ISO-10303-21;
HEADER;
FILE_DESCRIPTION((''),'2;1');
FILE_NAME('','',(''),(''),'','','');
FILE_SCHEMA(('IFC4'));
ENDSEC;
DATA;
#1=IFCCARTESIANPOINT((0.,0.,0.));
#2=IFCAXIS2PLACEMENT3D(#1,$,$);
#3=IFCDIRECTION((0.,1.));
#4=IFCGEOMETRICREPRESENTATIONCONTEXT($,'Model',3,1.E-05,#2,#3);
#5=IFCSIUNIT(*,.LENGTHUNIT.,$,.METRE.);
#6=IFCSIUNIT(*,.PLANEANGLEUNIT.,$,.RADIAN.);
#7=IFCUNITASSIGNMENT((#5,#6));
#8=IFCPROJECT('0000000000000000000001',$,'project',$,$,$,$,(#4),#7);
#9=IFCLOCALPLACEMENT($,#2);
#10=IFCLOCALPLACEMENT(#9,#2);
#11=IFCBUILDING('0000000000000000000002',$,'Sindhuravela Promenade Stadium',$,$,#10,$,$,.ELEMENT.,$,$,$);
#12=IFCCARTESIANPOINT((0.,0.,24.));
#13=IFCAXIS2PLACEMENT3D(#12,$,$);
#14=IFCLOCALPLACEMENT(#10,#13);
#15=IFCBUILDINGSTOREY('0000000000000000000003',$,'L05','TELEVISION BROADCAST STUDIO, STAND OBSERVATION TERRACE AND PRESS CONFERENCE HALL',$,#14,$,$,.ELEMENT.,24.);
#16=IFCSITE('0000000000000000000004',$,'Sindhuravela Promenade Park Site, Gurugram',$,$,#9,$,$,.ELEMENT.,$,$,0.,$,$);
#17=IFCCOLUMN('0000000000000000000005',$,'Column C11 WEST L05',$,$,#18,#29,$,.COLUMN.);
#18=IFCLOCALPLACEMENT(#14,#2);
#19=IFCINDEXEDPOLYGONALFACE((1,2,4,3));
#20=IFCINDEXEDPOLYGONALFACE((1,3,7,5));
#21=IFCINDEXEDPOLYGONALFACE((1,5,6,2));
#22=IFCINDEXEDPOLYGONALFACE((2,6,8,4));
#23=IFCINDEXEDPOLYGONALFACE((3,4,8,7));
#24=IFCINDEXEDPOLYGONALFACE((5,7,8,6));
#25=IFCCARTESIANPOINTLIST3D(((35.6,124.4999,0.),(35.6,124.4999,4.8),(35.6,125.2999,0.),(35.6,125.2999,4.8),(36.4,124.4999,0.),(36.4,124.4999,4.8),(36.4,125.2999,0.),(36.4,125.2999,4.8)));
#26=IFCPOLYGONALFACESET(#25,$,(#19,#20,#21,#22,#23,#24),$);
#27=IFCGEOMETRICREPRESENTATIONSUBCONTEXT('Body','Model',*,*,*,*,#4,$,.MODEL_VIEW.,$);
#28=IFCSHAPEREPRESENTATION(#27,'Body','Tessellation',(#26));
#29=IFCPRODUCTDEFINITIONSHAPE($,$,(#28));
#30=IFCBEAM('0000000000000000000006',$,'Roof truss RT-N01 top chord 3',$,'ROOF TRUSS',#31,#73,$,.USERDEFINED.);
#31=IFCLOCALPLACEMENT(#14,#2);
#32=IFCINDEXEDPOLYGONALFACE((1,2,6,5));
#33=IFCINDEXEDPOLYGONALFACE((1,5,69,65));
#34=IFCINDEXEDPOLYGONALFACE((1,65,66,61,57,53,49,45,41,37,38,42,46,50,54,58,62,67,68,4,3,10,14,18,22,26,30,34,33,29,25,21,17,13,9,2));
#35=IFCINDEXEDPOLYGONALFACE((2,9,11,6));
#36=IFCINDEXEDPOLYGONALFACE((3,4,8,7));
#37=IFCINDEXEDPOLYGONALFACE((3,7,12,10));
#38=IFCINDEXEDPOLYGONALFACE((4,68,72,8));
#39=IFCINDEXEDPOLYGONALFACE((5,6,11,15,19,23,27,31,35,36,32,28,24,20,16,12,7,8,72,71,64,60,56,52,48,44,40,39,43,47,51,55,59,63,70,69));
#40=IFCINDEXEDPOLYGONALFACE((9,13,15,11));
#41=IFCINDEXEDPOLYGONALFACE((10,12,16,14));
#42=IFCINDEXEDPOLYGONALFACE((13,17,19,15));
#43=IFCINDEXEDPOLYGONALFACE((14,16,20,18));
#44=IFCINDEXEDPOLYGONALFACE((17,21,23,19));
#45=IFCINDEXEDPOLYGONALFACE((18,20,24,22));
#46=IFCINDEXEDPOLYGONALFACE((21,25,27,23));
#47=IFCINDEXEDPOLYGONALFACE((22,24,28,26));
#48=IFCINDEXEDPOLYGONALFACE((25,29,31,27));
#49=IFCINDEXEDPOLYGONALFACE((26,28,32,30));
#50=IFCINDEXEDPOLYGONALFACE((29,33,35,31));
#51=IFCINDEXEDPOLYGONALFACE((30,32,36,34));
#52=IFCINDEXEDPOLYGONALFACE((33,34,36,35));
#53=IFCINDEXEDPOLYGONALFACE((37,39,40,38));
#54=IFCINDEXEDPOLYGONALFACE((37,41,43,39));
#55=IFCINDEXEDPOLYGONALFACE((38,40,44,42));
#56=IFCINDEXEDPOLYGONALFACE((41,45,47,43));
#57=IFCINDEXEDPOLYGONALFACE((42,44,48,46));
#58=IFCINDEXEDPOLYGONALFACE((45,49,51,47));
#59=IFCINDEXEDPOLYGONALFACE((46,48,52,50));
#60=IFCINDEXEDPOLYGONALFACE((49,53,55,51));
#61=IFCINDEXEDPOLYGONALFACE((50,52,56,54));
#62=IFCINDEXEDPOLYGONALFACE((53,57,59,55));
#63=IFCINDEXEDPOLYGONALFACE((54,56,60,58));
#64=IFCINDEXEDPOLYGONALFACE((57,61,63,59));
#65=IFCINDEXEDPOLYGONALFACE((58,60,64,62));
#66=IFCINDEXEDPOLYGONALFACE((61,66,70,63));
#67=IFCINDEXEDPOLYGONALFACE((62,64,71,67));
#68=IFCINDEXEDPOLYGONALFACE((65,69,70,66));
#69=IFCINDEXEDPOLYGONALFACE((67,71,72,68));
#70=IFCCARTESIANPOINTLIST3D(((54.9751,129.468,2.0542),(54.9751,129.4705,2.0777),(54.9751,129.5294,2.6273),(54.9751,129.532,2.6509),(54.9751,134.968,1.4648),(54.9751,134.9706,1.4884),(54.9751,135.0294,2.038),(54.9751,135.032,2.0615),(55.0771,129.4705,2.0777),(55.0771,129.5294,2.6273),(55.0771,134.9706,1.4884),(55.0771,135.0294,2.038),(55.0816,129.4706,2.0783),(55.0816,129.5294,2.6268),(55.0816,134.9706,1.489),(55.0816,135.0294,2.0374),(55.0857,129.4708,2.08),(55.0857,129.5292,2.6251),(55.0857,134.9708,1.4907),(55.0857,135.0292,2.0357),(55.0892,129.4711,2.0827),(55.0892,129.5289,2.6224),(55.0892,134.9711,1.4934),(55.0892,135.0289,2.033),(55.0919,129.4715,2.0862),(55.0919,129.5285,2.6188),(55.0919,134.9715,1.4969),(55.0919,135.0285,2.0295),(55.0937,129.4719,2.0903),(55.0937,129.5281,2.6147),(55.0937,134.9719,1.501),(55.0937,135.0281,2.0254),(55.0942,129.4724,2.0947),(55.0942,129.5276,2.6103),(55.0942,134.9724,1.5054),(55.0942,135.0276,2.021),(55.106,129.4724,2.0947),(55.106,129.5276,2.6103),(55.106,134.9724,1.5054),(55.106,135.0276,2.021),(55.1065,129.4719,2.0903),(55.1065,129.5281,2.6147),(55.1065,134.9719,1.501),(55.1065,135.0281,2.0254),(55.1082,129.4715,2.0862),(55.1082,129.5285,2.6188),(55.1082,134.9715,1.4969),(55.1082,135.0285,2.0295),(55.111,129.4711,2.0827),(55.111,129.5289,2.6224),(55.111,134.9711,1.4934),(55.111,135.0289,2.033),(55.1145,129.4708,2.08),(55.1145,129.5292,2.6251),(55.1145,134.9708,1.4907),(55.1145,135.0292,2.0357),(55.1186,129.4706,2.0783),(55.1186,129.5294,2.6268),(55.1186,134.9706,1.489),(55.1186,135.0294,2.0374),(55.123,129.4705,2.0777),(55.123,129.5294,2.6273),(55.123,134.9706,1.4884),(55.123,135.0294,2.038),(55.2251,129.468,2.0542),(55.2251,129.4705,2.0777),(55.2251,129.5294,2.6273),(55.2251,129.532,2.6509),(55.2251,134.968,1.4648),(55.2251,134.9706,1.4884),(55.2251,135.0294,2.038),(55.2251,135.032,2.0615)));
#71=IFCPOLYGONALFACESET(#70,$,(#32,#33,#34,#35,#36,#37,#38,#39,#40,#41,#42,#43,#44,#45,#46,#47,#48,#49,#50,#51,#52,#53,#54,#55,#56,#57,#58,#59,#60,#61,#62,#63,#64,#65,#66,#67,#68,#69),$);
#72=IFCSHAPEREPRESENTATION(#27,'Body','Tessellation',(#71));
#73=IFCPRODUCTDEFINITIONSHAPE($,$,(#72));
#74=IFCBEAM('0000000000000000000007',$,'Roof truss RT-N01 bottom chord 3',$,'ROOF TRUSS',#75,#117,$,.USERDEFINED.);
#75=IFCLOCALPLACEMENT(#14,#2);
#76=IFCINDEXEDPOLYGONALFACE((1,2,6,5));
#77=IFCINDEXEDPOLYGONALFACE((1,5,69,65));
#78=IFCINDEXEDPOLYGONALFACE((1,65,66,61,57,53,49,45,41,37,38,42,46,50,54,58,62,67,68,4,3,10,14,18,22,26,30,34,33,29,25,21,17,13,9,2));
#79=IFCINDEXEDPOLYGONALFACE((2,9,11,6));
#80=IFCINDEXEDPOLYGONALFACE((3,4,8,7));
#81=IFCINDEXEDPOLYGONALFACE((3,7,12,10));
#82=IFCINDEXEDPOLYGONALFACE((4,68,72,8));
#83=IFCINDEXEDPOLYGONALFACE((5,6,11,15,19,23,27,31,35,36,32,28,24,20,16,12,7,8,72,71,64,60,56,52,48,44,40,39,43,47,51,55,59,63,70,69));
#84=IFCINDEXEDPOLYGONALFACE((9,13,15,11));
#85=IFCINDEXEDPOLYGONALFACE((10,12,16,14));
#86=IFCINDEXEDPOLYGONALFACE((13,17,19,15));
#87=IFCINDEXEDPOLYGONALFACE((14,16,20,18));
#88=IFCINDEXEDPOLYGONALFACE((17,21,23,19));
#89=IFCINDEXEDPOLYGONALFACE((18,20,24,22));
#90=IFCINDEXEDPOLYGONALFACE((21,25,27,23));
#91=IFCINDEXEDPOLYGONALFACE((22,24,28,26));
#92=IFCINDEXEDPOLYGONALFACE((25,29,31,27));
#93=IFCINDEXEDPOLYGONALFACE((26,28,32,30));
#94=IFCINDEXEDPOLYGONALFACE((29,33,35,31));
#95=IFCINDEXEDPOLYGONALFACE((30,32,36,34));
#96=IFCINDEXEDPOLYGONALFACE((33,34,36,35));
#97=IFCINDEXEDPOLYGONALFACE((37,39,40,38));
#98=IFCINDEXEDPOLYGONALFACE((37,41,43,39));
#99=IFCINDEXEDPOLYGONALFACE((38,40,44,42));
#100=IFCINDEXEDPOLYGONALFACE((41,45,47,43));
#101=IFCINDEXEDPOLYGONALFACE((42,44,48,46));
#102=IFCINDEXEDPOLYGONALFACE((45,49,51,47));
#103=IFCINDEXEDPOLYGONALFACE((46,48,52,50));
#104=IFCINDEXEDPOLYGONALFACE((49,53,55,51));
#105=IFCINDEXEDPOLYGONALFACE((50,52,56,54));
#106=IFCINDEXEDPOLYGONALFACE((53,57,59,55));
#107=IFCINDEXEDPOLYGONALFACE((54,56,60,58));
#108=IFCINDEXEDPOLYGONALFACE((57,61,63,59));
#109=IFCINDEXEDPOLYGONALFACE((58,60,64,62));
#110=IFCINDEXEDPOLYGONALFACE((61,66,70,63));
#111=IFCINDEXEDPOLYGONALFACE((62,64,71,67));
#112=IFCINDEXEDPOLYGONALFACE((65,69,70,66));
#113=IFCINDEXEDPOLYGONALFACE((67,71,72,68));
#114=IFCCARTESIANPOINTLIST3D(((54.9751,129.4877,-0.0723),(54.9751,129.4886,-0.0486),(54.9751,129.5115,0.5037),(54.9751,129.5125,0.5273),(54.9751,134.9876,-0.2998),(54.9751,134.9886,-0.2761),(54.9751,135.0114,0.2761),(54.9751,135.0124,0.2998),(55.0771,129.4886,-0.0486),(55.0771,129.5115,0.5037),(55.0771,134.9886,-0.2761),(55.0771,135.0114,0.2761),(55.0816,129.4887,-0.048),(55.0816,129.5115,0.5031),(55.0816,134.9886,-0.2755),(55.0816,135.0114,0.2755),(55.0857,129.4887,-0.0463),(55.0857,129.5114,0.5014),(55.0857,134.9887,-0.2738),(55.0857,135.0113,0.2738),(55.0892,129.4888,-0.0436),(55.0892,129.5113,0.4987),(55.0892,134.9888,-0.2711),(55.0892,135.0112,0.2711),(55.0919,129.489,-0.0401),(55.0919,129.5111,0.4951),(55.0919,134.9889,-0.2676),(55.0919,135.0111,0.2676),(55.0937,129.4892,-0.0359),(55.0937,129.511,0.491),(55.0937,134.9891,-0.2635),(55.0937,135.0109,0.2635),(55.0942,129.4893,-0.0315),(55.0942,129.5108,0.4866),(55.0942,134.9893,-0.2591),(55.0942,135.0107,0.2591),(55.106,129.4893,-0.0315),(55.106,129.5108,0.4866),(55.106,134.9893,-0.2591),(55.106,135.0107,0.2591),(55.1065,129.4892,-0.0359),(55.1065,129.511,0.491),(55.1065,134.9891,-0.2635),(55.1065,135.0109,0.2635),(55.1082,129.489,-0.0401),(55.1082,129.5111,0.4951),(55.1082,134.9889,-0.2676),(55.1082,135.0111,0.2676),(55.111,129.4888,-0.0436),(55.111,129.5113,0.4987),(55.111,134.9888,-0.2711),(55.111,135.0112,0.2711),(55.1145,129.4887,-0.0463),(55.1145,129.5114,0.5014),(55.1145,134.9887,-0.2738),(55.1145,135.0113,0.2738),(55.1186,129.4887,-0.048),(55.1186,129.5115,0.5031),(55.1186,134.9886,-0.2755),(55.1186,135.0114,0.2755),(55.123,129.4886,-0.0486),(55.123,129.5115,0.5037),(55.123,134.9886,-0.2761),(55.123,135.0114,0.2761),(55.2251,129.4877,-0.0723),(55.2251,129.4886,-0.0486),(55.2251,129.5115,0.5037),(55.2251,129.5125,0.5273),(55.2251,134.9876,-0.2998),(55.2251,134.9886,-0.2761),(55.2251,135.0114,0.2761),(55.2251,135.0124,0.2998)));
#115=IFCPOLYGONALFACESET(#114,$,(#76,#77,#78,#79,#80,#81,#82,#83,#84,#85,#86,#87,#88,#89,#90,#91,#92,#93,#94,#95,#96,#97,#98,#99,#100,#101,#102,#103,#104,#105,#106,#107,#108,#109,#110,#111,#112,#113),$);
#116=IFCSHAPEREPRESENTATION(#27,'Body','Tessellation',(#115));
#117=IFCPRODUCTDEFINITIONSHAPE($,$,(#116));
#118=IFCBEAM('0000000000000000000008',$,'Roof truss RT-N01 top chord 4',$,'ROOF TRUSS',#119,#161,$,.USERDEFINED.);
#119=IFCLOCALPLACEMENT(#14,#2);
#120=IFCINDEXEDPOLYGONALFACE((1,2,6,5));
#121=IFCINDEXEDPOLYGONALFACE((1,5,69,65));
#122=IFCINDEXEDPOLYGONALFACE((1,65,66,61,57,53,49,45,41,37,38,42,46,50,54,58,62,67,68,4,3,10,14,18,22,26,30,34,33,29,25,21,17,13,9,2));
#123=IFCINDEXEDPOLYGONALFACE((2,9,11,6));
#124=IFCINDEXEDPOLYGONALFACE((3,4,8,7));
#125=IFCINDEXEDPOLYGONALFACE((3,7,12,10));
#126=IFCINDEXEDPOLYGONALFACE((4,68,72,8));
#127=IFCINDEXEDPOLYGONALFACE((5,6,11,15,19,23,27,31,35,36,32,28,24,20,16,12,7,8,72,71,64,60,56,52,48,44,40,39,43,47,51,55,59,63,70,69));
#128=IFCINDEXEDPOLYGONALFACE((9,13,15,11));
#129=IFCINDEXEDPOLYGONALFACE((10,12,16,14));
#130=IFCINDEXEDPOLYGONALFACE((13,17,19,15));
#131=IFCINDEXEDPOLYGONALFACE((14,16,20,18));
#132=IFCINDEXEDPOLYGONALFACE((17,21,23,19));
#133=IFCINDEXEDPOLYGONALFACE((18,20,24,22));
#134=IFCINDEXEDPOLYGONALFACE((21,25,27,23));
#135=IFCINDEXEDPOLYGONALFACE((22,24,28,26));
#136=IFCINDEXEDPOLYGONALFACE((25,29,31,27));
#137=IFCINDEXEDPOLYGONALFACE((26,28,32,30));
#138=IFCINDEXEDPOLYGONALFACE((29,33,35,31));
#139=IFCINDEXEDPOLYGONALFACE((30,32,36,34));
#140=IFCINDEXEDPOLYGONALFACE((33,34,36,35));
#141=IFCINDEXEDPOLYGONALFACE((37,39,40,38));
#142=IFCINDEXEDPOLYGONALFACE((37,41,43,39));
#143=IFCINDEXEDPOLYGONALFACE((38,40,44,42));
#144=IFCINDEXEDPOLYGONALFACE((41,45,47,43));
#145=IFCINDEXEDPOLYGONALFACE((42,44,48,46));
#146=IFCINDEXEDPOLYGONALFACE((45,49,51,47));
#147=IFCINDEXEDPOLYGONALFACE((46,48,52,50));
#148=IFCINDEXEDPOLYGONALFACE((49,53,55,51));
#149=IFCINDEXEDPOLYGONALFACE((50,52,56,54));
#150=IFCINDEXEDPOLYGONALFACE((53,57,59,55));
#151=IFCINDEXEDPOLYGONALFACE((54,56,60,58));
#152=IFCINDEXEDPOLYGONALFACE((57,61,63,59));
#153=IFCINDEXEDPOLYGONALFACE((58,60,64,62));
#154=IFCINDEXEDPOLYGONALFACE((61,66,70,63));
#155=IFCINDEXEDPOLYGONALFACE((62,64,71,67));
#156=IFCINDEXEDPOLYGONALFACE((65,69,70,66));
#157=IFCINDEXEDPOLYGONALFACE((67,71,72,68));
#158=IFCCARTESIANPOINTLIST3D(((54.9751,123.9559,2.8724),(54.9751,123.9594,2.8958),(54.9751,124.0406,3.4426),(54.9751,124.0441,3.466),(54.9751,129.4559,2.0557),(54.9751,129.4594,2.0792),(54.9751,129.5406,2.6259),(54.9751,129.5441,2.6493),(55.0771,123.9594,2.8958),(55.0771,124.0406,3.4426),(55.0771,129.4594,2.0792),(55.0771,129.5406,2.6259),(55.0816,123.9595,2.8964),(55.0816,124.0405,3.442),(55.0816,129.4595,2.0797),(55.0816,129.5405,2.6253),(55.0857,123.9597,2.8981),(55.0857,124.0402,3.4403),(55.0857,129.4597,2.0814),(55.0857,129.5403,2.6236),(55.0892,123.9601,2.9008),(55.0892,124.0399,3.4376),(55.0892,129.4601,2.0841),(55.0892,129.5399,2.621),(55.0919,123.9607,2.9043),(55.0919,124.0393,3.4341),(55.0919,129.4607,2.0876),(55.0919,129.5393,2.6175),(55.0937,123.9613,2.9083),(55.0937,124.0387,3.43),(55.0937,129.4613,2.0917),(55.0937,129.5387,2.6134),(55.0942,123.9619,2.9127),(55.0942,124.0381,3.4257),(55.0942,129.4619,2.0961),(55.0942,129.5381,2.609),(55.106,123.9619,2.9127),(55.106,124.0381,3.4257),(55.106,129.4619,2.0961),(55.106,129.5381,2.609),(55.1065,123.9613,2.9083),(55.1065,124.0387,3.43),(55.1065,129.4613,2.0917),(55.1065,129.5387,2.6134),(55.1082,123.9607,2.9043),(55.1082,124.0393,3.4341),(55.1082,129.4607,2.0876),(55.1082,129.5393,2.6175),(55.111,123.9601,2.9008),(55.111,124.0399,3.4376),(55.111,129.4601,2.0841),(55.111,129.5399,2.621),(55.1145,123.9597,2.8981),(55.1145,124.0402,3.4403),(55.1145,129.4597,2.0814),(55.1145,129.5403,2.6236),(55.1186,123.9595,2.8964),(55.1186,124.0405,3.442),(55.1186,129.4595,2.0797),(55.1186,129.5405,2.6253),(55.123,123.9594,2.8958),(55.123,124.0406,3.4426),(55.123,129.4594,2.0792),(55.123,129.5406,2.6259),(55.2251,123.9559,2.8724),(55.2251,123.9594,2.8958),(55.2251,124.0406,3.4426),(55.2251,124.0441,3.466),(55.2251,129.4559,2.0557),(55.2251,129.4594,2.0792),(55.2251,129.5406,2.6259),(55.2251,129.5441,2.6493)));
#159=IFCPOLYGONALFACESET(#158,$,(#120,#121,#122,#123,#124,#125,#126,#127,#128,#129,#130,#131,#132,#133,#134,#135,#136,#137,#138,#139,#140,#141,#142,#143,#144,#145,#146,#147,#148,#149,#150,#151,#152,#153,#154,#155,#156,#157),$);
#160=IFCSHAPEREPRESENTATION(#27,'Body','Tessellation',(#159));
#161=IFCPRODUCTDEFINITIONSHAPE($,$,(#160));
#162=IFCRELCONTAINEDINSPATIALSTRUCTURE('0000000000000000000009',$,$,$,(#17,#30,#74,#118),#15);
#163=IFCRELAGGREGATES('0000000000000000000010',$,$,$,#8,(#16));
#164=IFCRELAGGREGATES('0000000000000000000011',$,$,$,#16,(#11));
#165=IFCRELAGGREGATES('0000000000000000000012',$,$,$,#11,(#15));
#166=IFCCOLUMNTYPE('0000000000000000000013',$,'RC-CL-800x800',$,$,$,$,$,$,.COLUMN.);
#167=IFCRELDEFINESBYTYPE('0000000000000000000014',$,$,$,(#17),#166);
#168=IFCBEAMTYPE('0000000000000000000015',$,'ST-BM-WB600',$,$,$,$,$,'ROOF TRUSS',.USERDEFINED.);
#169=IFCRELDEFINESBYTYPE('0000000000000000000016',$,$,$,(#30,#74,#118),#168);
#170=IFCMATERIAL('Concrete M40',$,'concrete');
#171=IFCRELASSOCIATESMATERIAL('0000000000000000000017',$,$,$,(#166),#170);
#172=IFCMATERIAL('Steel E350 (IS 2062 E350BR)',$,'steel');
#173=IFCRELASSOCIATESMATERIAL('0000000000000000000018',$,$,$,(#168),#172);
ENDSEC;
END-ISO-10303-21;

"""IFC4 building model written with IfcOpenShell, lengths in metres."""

from ifc_helpers import new_model, si_unit, direction, frame, origin, origin_2d, place, context, subcontext, project, spatial, rectangle, i_section, extrude, material, material_profile, profile_set, type_object, element, save


model = new_model("IFC4")

# Units and contexts
model_context = context("Model", 3, precision=1e-05, world=origin(), true_north=direction((0.0, 1.0)))
body_context = subcontext(model_context, "Body", "Model", "MODEL_VIEW")
ifc_project = project(units=[si_unit("LENGTHUNIT", "METRE"), si_unit("PLANEANGLEUNIT", "RADIAN")], contexts=[model_context])

# Site, building, storey
site_placement = place(None, origin())
site = spatial("IfcSite", under=ifc_project, at=site_placement, Name="Sindhuravela Promenade Park Site, Gurugram", CompositionType="ELEMENT", RefElevation=0.0)
building_placement = place(site_placement, origin())
building = spatial("IfcBuilding", under=site, at=building_placement, Name="Sindhuravela Promenade Stadium", CompositionType="ELEMENT")
storey_placement = place(building_placement, frame((0.0, 0.0, 24.0)))
storey = spatial("IfcBuildingStorey", under=building, at=storey_placement, Name="L05", Description="TELEVISION BROADCAST STUDIO, STAND OBSERVATION TERRACE AND PRESS CONFERENCE HALL", CompositionType="ELEMENT", Elevation=24.0)

# Column
ifc_material_1 = material(Name="Concrete M40", Category="concrete")
ifc_material_profile_1 = material_profile(ifc_material_1, rectangle(XDim=0.8, YDim=0.8, at=origin_2d()), Name="RC 800x800")
ifc_profile_set_1 = profile_set([ifc_material_profile_1], Name="Concrete M40")
column_type = type_object("IfcColumnType", Name="RC-CL-800x800", PredefinedType="COLUMN", material=ifc_profile_set_1)
column_placement = place(storey_placement, frame((36.0, 124.8999, 0.0), z_axis=(0.0, 0.0, 1.0), x_axis=(1.0, 0.0, 0.0)))
element("IfcColumn", 1, at=column_placement, inside=storey, type_object=column_type, Name="Column C11 WEST L05", PredefinedType="COLUMN", context=body_context, shape_type="SweptSolid", body=[
    extrude(rectangle(XDim=0.8, YDim=0.8, at=origin_2d()), origin(), (0.0, 0.0, 1.0), 4.8),
])

# Beams
ifc_material_2 = material(Name="Steel E350 (IS 2062 E350BR)", Category="steel")
ifc_material_profile_2 = material_profile(ifc_material_2, i_section(OverallWidth=0.25, OverallDepth=0.6001, WebThickness=0.0117, FlangeThickness=0.0237, FilletRadius=0.0171, at=origin_2d()), Name="ISWB 600")
ifc_profile_set_2 = profile_set([ifc_material_profile_2], Name="Steel E350 (IS 2062 E350BR)")
beam_type = type_object("IfcBeamType", Name="ST-BM-WB600", ElementType="ROOF TRUSS", PredefinedType="USERDEFINED", material=ifc_profile_set_2)
beam_1_placement = place(storey_placement, frame((55.1001, 135.0, 1.7632), z_axis=(0.0, -0.994308, 0.106546), x_axis=(1.0, 0.0, 0.0)))
element("IfcBeam", 2, at=beam_1_placement, inside=storey, type_object=beam_type, Name="Roof truss RT-N01 top chord 3", ObjectType="ROOF TRUSS", PredefinedType="USERDEFINED", context=body_context, shape_type="SweptSolid", body=[
    extrude(i_section(OverallWidth=0.25, OverallDepth=0.6001, WebThickness=0.0117, FlangeThickness=0.0237, FilletRadius=0.0171, at=origin_2d()), origin(), (0.0, 0.0, 1.0), 5.5315),
])
beam_2_placement = place(storey_placement, frame((55.1001, 135.0, 0.0), z_axis=(0.0, -0.999145, 0.041335), x_axis=(1.0, 0.0, 0.0)))
element("IfcBeam", 3, at=beam_2_placement, inside=storey, type_object=beam_type, Name="Roof truss RT-N01 bottom chord 3", ObjectType="ROOF TRUSS", PredefinedType="USERDEFINED", context=body_context, shape_type="SweptSolid", body=[
    extrude(i_section(OverallWidth=0.25, OverallDepth=0.6001, WebThickness=0.0117, FlangeThickness=0.0237, FilletRadius=0.0171, at=origin_2d()), origin(), (0.0, 0.0, 1.0), 5.5046),
])
beam_3_placement = place(storey_placement, frame((55.1001, 129.5, 2.3525), z_axis=(0.0, -0.989156, 0.146872), x_axis=(1.0, 0.0, 0.0)))
element("IfcBeam", 4, at=beam_3_placement, inside=storey, type_object=beam_type, Name="Roof truss RT-N01 top chord 4", ObjectType="ROOF TRUSS", PredefinedType="USERDEFINED", context=body_context, shape_type="SweptSolid", body=[
    extrude(i_section(OverallWidth=0.25, OverallDepth=0.6001, WebThickness=0.0117, FlangeThickness=0.0237, FilletRadius=0.0171, at=origin_2d()), origin(), (0.0, 0.0, 1.0), 5.5603),
])

save(model, "model.ifc")
